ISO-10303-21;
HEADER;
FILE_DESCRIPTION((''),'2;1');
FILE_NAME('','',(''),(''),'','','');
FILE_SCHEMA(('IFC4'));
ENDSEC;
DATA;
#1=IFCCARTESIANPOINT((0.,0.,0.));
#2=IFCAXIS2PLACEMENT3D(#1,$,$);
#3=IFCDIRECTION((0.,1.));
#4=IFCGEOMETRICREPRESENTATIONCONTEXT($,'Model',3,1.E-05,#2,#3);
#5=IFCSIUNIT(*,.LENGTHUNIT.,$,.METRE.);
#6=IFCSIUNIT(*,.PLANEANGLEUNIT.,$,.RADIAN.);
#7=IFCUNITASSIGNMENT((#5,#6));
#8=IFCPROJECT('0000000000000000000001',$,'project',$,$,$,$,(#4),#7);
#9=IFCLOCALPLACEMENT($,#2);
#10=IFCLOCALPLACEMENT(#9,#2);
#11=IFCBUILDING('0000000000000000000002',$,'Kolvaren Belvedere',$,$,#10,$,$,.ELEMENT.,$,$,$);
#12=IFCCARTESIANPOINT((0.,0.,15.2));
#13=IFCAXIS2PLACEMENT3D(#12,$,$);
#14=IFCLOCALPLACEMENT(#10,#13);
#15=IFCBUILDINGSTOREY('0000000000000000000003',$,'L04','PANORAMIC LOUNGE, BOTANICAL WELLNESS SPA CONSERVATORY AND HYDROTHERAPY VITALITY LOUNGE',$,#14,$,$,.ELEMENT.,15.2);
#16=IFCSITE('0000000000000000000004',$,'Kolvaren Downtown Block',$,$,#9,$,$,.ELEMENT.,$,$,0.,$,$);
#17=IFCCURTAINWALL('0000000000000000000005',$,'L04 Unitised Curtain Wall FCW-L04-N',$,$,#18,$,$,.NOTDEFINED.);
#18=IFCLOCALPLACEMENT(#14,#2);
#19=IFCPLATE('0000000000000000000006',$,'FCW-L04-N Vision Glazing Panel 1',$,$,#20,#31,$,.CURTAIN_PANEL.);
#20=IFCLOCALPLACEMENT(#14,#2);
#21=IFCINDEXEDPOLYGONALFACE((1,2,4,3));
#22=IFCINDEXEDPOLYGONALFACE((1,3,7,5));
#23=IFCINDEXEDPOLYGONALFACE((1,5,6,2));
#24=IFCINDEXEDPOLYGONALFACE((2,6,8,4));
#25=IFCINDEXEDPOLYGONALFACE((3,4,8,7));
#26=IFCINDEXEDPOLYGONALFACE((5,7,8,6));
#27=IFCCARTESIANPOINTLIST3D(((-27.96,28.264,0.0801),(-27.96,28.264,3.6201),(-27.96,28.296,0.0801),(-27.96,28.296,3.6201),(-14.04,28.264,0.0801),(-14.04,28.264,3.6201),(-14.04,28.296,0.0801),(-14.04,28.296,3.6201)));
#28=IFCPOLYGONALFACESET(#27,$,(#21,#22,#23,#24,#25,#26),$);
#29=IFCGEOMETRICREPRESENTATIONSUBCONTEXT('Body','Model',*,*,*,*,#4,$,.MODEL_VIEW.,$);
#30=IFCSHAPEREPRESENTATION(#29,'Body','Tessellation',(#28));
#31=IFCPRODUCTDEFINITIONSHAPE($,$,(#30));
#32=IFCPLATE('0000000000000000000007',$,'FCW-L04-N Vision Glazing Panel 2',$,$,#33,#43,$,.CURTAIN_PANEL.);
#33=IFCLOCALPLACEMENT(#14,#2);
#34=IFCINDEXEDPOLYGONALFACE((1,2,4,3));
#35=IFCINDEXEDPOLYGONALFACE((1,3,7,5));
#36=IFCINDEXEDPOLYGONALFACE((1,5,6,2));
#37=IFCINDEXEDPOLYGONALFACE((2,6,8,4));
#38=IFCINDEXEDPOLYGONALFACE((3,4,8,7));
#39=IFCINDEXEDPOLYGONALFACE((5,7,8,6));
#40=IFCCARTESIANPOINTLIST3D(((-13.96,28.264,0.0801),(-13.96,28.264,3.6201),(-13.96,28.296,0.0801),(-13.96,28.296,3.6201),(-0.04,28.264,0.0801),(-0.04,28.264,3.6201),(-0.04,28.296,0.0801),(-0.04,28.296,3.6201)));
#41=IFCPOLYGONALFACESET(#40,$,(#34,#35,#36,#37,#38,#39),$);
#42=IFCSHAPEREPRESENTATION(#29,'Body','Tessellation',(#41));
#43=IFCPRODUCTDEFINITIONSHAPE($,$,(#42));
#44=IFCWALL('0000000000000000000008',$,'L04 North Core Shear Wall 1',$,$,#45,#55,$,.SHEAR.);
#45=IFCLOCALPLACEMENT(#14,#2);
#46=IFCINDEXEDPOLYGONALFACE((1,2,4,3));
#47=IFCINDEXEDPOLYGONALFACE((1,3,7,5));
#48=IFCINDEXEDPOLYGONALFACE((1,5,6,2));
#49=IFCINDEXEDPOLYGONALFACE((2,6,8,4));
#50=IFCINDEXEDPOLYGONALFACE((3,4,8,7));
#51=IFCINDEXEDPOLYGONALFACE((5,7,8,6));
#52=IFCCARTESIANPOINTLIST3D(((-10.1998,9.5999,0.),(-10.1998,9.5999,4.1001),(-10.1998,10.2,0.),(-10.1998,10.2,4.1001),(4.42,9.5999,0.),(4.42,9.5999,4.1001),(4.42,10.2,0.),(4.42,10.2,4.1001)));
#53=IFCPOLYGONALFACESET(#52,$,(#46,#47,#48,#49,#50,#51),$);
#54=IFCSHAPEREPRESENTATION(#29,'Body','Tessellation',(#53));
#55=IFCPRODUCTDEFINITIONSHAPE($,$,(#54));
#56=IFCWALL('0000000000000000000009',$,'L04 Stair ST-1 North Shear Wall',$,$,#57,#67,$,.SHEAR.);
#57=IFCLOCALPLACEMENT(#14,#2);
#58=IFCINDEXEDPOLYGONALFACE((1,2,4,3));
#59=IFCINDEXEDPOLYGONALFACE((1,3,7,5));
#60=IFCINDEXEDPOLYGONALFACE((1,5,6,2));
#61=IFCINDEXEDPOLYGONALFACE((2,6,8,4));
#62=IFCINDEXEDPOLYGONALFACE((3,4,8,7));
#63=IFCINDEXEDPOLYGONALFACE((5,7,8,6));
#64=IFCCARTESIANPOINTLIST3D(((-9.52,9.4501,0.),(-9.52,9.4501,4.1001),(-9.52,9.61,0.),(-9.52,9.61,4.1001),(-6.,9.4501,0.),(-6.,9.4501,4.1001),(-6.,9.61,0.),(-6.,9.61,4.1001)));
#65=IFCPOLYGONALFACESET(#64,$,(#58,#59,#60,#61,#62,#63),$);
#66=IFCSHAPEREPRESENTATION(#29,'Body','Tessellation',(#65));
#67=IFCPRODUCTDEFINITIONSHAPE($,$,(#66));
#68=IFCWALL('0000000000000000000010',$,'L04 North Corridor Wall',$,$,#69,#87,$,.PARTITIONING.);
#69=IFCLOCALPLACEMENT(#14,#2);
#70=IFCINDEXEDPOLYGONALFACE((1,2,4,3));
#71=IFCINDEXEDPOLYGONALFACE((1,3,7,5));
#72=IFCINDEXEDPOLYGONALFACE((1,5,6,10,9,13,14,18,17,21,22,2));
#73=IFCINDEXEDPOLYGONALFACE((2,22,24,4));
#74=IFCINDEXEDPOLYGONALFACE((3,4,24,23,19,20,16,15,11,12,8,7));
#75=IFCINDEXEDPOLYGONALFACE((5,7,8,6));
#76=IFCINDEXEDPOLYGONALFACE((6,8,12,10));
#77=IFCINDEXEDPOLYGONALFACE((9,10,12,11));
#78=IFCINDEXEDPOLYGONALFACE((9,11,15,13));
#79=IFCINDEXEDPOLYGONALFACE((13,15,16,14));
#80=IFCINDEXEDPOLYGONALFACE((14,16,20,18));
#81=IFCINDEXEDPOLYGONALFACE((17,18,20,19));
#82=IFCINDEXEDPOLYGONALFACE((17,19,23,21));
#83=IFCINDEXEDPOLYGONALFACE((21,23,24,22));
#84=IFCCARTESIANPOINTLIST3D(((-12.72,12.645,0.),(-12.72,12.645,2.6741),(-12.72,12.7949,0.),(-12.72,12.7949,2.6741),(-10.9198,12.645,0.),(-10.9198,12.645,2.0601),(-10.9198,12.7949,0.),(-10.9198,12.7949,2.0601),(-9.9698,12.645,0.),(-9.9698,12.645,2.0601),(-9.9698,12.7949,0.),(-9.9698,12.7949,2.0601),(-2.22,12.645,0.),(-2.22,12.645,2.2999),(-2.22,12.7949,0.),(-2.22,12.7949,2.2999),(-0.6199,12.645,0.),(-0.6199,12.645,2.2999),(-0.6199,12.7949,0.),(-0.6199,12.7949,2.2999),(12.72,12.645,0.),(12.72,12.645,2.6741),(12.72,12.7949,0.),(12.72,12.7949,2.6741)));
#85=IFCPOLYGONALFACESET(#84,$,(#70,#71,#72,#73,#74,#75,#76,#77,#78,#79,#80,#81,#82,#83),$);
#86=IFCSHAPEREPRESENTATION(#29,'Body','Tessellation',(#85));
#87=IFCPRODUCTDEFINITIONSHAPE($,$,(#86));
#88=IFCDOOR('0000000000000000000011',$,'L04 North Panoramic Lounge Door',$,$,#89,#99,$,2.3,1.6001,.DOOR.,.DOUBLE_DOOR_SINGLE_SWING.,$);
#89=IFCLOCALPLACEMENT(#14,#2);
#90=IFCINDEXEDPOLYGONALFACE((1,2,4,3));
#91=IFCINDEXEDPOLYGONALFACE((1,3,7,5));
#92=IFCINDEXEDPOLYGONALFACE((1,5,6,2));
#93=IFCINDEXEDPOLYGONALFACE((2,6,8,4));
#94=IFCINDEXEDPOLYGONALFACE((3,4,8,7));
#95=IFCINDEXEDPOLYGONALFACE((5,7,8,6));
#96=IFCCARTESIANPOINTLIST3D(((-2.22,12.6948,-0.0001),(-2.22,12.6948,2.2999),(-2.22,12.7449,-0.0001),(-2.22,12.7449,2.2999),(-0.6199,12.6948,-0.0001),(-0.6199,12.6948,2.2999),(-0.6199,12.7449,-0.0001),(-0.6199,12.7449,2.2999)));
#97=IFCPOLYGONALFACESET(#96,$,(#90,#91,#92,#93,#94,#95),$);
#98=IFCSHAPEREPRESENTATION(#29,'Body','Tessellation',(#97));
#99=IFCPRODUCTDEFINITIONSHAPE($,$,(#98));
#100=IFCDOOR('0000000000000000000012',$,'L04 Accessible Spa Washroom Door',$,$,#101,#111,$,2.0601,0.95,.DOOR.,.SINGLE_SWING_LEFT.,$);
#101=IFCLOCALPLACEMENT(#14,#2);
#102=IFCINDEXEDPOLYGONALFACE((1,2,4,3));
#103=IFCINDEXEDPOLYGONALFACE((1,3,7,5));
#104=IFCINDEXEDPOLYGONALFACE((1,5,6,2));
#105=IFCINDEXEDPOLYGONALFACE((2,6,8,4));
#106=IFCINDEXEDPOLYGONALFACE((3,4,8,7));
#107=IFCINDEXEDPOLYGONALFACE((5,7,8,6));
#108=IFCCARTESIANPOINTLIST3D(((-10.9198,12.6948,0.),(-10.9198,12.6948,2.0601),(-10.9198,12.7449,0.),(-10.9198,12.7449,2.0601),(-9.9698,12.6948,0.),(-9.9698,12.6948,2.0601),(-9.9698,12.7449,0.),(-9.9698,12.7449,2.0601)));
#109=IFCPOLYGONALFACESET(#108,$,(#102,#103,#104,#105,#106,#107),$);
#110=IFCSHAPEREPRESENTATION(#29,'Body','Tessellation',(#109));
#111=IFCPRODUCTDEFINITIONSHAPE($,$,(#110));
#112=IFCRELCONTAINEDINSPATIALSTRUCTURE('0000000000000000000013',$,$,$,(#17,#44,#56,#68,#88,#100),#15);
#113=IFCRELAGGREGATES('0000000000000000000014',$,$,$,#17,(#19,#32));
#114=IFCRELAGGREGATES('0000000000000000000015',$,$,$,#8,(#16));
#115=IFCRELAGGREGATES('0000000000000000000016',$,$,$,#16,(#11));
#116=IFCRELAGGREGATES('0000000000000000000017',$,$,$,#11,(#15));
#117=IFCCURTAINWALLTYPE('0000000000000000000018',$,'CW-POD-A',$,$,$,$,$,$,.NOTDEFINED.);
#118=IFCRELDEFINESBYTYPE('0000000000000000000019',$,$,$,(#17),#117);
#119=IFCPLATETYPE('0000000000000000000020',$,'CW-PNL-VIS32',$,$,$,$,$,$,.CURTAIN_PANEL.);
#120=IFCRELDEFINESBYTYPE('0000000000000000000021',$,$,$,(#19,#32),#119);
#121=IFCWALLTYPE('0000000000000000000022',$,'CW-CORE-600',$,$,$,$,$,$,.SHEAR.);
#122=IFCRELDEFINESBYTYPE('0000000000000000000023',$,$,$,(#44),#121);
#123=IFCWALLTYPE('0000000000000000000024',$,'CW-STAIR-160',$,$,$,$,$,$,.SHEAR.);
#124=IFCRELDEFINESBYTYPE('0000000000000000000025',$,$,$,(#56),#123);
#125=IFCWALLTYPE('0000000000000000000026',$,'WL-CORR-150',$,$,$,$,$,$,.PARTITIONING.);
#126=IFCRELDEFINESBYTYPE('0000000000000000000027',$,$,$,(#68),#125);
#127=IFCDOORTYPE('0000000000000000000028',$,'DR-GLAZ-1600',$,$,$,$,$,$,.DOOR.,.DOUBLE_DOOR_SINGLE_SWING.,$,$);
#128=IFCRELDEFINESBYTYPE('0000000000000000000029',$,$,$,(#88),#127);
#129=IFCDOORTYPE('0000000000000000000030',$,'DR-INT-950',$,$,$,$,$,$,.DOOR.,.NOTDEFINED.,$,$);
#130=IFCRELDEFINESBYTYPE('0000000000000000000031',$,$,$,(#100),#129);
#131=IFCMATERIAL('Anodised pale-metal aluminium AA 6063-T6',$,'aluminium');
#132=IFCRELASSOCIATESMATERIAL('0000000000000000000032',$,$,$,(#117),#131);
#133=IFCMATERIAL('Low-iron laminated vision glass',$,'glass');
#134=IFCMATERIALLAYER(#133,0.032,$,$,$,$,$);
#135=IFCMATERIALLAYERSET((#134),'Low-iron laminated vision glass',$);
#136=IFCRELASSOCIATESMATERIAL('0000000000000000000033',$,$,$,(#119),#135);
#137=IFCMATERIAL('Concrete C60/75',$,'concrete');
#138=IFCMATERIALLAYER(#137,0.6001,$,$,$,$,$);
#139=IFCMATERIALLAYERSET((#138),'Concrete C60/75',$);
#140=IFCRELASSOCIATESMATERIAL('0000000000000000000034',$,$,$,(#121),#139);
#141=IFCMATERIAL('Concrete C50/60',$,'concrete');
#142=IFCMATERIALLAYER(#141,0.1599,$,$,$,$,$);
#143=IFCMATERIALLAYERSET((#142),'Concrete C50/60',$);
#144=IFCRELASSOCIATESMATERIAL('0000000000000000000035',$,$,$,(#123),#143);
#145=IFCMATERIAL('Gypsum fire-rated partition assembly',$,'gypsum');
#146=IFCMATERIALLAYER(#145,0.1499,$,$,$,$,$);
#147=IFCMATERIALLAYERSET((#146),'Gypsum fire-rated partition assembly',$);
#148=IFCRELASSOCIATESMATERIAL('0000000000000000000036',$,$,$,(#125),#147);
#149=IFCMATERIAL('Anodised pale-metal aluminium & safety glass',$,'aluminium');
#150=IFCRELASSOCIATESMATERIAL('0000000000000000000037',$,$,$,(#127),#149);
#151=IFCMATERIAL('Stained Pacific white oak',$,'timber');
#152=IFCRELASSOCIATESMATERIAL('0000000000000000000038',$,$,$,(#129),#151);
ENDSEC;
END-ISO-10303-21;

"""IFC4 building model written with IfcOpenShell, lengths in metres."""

from ifc_helpers import new_model, si_unit, direction, frame, frame_2d, origin, origin_2d, place, context, subcontext, project, spatial, rectangle, extrude, material, layer, layer_set, type_object, element, fill, aggregate, save


model = new_model("IFC4")

# Units and contexts
model_context = context("Model", 3, precision=1e-05, world=origin(), true_north=direction((0.0, 1.0)))
body_context = subcontext(model_context, "Body", "Model", "MODEL_VIEW")
ifc_project = project(units=[si_unit("LENGTHUNIT", "METRE"), si_unit("PLANEANGLEUNIT", "RADIAN")], contexts=[model_context])

# Site, building, storey
site_placement = place(None, origin())
site = spatial("IfcSite", under=ifc_project, at=site_placement, Name="Kolvaren Downtown Block", CompositionType="ELEMENT", RefElevation=0.0)
building_placement = place(site_placement, origin())
building = spatial("IfcBuilding", under=site, at=building_placement, Name="Kolvaren Belvedere", CompositionType="ELEMENT")
storey_placement = place(building_placement, frame((0.0, 0.0, 15.2)))
storey = spatial("IfcBuildingStorey", under=building, at=storey_placement, Name="L04", Description="PANORAMIC LOUNGE, BOTANICAL WELLNESS SPA CONSERVATORY AND HYDROTHERAPY VITALITY LOUNGE", CompositionType="ELEMENT", Elevation=15.2)

# Curtain wall, plates
ifc_material_1 = material(Name="Anodised pale-metal aluminium AA 6063-T6", Category="aluminium")
curtain_wall_type = type_object("IfcCurtainWallType", Name="CW-POD-A", PredefinedType="NOTDEFINED", material=ifc_material_1)
curtain_wall_placement = place(storey_placement, origin())
curtain_wall = element("IfcCurtainWall", 1, at=curtain_wall_placement, inside=storey, type_object=curtain_wall_type, Name="L04 Unitised Curtain Wall FCW-L04-N", PredefinedType="NOTDEFINED")
ifc_material_2 = material(Name="Low-iron laminated vision glass", Category="glass")
ifc_layer_1 = layer(ifc_material_2, 0.032)
ifc_layer_set_1 = layer_set([ifc_layer_1], Name="Low-iron laminated vision glass")
plate_type = type_object("IfcPlateType", Name="CW-PNL-VIS32", PredefinedType="CURTAIN_PANEL", material=ifc_layer_set_1)
plate_1_placement = place(storey_placement, frame((-21.0, 28.28, 0.0801), z_axis=(0.0, 0.0, 1.0), x_axis=(1.0, 0.0, 0.0)))
plate_1 = element("IfcPlate", 2, at=plate_1_placement, type_object=plate_type, Name="FCW-L04-N Vision Glazing Panel 1", PredefinedType="CURTAIN_PANEL", context=body_context, shape_type="SweptSolid", body=[
    extrude(rectangle(XDim=13.9199, YDim=0.032, at=origin_2d()), origin(), (0.0, 0.0, 1.0), 3.54),
])
plate_2_placement = place(storey_placement, frame((-7.0, 28.28, 0.0801), z_axis=(0.0, 0.0, 1.0), x_axis=(1.0, 0.0, 0.0)))
plate_2 = element("IfcPlate", 3, at=plate_2_placement, type_object=plate_type, Name="FCW-L04-N Vision Glazing Panel 2", PredefinedType="CURTAIN_PANEL", context=body_context, shape_type="SweptSolid", body=[
    extrude(rectangle(XDim=13.9199, YDim=0.032, at=origin_2d()), origin(), (0.0, 0.0, 1.0), 3.54),
])
aggregate(curtain_wall, [plate_1, plate_2])

# Walls
ifc_material_3 = material(Name="Concrete C60/75", Category="concrete")
ifc_layer_2 = layer(ifc_material_3, 0.6001)
ifc_layer_set_2 = layer_set([ifc_layer_2], Name="Concrete C60/75")
wall_type_1 = type_object("IfcWallType", Name="CW-CORE-600", PredefinedType="SHEAR", material=ifc_layer_set_2)
wall_1_placement = place(storey_placement, frame((-10.2, 9.8999, 0.0), z_axis=(0.0, 0.0, 1.0), x_axis=(1.0, 0.0, 0.0)))
element("IfcWall", 4, at=wall_1_placement, inside=storey, type_object=wall_type_1, Name="L04 North Core Shear Wall 1", PredefinedType="SHEAR", context=body_context, shape_type="SweptSolid", body=[
    extrude(rectangle(XDim=14.6199, YDim=0.6001, at=frame_2d((7.3101, 0.0))), origin(), (0.0, 0.0, 1.0), 4.1001),
])
ifc_material_4 = material(Name="Concrete C50/60", Category="concrete")
ifc_layer_3 = layer(ifc_material_4, 0.1599)
ifc_layer_set_3 = layer_set([ifc_layer_3], Name="Concrete C50/60")
wall_type_2 = type_object("IfcWallType", Name="CW-STAIR-160", PredefinedType="SHEAR", material=ifc_layer_set_3)
wall_2_placement = place(storey_placement, frame((-9.52, 9.53, 0.0), z_axis=(0.0, 0.0, 1.0), x_axis=(1.0, 0.0, 0.0)))
element("IfcWall", 5, at=wall_2_placement, inside=storey, type_object=wall_type_2, Name="L04 Stair ST-1 North Shear Wall", PredefinedType="SHEAR", context=body_context, shape_type="SweptSolid", body=[
    extrude(rectangle(XDim=3.52, YDim=0.1599, at=frame_2d((1.76, 0.0))), origin(), (0.0, 0.0, 1.0), 4.1001),
])

# Wall, openings, doors
ifc_material_5 = material(Name="Gypsum fire-rated partition assembly", Category="gypsum")
ifc_layer_4 = layer(ifc_material_5, 0.1499)
ifc_layer_set_4 = layer_set([ifc_layer_4], Name="Gypsum fire-rated partition assembly")
wall_type_3 = type_object("IfcWallType", Name="WL-CORR-150", PredefinedType="PARTITIONING", material=ifc_layer_set_4)
wall_3_placement = place(storey_placement, frame((-12.72, 12.72, 0.0), z_axis=(0.0, 0.0, 1.0), x_axis=(1.0, 0.0, 0.0)))
wall_3 = element("IfcWall", 6, at=wall_3_placement, inside=storey, type_object=wall_type_3, Name="L04 North Corridor Wall", PredefinedType="PARTITIONING", context=body_context, shape_type="SweptSolid", body=[
    extrude(rectangle(XDim=25.4399, YDim=0.1499, at=frame_2d((12.72, 0.0))), origin(), (0.0, 0.0, 1.0), 2.6741),
])
opening_1_placement = place(wall_3_placement, frame((1.8, 0.0, 0.0)))
opening_1 = element("IfcOpeningElement", 7, at=opening_1_placement, cuts=wall_3, PredefinedType="OPENING", context=body_context, shape_type="SweptSolid", body=[
    extrude(rectangle(XDim=0.95, YDim=2.0601, at=frame_2d((0.4751, 1.03))), frame((0.0, 0.085, 0.0), z_axis=(0.0, -1.0, 0.0), x_axis=(1.0, 0.0, 0.0)), (0.0, 0.0, 1.0), 0.1699),
])
opening_2_placement = place(wall_3_placement, frame((10.5, 0.0, 0.0)))
opening_2 = element("IfcOpeningElement", 8, at=opening_2_placement, cuts=wall_3, PredefinedType="OPENING", context=body_context, shape_type="SweptSolid", body=[
    extrude(rectangle(XDim=1.6001, YDim=2.3, at=frame_2d((0.8, 1.1499))), frame((0.0, 0.085, 0.0), z_axis=(0.0, -1.0, 0.0), x_axis=(1.0, 0.0, 0.0)), (0.0, 0.0, 1.0), 0.1699),
])
ifc_material_6 = material(Name="Anodised pale-metal aluminium & safety glass", Category="aluminium")
door_type_1 = type_object("IfcDoorType", Name="DR-GLAZ-1600", OperationType="DOUBLE_DOOR_SINGLE_SWING", PredefinedType="DOOR", material=ifc_material_6)
door_1_placement = place(opening_2_placement, origin())
door_1 = element("IfcDoor", 9, at=door_1_placement, inside=storey, type_object=door_type_1, Name="L04 North Panoramic Lounge Door", OperationType="DOUBLE_DOOR_SINGLE_SWING", OverallHeight=2.3, OverallWidth=1.6001, PredefinedType="DOOR", context=body_context, shape_type="SweptSolid", body=[
    extrude(rectangle(XDim=1.6001, YDim=2.3, at=frame_2d((0.8, 1.1499))), frame((0.0, 0.0249, 0.0), z_axis=(0.0, -1.0, 0.0), x_axis=(1.0, 0.0, 0.0)), (0.0, 0.0, 1.0), 0.05),
])
fill(opening_2, door_1)
ifc_material_7 = material(Name="Stained Pacific white oak", Category="timber")
door_type_2 = type_object("IfcDoorType", Name="DR-INT-950", OperationType="NOTDEFINED", PredefinedType="DOOR", material=ifc_material_7)
door_2_placement = place(opening_1_placement, origin())
door_2 = element("IfcDoor", 10, at=door_2_placement, inside=storey, type_object=door_type_2, Name="L04 Accessible Spa Washroom Door", OperationType="SINGLE_SWING_LEFT", OverallHeight=2.0601, OverallWidth=0.95, PredefinedType="DOOR", context=body_context, shape_type="SweptSolid", body=[
    extrude(rectangle(XDim=0.95, YDim=2.0601, at=frame_2d((0.4751, 1.03))), frame((0.0, 0.0249, 0.0), z_axis=(0.0, -1.0, 0.0), x_axis=(1.0, 0.0, 0.0)), (0.0, 0.0, 1.0), 0.05),
])
fill(opening_1, door_2)

save(model, "model.ifc")
